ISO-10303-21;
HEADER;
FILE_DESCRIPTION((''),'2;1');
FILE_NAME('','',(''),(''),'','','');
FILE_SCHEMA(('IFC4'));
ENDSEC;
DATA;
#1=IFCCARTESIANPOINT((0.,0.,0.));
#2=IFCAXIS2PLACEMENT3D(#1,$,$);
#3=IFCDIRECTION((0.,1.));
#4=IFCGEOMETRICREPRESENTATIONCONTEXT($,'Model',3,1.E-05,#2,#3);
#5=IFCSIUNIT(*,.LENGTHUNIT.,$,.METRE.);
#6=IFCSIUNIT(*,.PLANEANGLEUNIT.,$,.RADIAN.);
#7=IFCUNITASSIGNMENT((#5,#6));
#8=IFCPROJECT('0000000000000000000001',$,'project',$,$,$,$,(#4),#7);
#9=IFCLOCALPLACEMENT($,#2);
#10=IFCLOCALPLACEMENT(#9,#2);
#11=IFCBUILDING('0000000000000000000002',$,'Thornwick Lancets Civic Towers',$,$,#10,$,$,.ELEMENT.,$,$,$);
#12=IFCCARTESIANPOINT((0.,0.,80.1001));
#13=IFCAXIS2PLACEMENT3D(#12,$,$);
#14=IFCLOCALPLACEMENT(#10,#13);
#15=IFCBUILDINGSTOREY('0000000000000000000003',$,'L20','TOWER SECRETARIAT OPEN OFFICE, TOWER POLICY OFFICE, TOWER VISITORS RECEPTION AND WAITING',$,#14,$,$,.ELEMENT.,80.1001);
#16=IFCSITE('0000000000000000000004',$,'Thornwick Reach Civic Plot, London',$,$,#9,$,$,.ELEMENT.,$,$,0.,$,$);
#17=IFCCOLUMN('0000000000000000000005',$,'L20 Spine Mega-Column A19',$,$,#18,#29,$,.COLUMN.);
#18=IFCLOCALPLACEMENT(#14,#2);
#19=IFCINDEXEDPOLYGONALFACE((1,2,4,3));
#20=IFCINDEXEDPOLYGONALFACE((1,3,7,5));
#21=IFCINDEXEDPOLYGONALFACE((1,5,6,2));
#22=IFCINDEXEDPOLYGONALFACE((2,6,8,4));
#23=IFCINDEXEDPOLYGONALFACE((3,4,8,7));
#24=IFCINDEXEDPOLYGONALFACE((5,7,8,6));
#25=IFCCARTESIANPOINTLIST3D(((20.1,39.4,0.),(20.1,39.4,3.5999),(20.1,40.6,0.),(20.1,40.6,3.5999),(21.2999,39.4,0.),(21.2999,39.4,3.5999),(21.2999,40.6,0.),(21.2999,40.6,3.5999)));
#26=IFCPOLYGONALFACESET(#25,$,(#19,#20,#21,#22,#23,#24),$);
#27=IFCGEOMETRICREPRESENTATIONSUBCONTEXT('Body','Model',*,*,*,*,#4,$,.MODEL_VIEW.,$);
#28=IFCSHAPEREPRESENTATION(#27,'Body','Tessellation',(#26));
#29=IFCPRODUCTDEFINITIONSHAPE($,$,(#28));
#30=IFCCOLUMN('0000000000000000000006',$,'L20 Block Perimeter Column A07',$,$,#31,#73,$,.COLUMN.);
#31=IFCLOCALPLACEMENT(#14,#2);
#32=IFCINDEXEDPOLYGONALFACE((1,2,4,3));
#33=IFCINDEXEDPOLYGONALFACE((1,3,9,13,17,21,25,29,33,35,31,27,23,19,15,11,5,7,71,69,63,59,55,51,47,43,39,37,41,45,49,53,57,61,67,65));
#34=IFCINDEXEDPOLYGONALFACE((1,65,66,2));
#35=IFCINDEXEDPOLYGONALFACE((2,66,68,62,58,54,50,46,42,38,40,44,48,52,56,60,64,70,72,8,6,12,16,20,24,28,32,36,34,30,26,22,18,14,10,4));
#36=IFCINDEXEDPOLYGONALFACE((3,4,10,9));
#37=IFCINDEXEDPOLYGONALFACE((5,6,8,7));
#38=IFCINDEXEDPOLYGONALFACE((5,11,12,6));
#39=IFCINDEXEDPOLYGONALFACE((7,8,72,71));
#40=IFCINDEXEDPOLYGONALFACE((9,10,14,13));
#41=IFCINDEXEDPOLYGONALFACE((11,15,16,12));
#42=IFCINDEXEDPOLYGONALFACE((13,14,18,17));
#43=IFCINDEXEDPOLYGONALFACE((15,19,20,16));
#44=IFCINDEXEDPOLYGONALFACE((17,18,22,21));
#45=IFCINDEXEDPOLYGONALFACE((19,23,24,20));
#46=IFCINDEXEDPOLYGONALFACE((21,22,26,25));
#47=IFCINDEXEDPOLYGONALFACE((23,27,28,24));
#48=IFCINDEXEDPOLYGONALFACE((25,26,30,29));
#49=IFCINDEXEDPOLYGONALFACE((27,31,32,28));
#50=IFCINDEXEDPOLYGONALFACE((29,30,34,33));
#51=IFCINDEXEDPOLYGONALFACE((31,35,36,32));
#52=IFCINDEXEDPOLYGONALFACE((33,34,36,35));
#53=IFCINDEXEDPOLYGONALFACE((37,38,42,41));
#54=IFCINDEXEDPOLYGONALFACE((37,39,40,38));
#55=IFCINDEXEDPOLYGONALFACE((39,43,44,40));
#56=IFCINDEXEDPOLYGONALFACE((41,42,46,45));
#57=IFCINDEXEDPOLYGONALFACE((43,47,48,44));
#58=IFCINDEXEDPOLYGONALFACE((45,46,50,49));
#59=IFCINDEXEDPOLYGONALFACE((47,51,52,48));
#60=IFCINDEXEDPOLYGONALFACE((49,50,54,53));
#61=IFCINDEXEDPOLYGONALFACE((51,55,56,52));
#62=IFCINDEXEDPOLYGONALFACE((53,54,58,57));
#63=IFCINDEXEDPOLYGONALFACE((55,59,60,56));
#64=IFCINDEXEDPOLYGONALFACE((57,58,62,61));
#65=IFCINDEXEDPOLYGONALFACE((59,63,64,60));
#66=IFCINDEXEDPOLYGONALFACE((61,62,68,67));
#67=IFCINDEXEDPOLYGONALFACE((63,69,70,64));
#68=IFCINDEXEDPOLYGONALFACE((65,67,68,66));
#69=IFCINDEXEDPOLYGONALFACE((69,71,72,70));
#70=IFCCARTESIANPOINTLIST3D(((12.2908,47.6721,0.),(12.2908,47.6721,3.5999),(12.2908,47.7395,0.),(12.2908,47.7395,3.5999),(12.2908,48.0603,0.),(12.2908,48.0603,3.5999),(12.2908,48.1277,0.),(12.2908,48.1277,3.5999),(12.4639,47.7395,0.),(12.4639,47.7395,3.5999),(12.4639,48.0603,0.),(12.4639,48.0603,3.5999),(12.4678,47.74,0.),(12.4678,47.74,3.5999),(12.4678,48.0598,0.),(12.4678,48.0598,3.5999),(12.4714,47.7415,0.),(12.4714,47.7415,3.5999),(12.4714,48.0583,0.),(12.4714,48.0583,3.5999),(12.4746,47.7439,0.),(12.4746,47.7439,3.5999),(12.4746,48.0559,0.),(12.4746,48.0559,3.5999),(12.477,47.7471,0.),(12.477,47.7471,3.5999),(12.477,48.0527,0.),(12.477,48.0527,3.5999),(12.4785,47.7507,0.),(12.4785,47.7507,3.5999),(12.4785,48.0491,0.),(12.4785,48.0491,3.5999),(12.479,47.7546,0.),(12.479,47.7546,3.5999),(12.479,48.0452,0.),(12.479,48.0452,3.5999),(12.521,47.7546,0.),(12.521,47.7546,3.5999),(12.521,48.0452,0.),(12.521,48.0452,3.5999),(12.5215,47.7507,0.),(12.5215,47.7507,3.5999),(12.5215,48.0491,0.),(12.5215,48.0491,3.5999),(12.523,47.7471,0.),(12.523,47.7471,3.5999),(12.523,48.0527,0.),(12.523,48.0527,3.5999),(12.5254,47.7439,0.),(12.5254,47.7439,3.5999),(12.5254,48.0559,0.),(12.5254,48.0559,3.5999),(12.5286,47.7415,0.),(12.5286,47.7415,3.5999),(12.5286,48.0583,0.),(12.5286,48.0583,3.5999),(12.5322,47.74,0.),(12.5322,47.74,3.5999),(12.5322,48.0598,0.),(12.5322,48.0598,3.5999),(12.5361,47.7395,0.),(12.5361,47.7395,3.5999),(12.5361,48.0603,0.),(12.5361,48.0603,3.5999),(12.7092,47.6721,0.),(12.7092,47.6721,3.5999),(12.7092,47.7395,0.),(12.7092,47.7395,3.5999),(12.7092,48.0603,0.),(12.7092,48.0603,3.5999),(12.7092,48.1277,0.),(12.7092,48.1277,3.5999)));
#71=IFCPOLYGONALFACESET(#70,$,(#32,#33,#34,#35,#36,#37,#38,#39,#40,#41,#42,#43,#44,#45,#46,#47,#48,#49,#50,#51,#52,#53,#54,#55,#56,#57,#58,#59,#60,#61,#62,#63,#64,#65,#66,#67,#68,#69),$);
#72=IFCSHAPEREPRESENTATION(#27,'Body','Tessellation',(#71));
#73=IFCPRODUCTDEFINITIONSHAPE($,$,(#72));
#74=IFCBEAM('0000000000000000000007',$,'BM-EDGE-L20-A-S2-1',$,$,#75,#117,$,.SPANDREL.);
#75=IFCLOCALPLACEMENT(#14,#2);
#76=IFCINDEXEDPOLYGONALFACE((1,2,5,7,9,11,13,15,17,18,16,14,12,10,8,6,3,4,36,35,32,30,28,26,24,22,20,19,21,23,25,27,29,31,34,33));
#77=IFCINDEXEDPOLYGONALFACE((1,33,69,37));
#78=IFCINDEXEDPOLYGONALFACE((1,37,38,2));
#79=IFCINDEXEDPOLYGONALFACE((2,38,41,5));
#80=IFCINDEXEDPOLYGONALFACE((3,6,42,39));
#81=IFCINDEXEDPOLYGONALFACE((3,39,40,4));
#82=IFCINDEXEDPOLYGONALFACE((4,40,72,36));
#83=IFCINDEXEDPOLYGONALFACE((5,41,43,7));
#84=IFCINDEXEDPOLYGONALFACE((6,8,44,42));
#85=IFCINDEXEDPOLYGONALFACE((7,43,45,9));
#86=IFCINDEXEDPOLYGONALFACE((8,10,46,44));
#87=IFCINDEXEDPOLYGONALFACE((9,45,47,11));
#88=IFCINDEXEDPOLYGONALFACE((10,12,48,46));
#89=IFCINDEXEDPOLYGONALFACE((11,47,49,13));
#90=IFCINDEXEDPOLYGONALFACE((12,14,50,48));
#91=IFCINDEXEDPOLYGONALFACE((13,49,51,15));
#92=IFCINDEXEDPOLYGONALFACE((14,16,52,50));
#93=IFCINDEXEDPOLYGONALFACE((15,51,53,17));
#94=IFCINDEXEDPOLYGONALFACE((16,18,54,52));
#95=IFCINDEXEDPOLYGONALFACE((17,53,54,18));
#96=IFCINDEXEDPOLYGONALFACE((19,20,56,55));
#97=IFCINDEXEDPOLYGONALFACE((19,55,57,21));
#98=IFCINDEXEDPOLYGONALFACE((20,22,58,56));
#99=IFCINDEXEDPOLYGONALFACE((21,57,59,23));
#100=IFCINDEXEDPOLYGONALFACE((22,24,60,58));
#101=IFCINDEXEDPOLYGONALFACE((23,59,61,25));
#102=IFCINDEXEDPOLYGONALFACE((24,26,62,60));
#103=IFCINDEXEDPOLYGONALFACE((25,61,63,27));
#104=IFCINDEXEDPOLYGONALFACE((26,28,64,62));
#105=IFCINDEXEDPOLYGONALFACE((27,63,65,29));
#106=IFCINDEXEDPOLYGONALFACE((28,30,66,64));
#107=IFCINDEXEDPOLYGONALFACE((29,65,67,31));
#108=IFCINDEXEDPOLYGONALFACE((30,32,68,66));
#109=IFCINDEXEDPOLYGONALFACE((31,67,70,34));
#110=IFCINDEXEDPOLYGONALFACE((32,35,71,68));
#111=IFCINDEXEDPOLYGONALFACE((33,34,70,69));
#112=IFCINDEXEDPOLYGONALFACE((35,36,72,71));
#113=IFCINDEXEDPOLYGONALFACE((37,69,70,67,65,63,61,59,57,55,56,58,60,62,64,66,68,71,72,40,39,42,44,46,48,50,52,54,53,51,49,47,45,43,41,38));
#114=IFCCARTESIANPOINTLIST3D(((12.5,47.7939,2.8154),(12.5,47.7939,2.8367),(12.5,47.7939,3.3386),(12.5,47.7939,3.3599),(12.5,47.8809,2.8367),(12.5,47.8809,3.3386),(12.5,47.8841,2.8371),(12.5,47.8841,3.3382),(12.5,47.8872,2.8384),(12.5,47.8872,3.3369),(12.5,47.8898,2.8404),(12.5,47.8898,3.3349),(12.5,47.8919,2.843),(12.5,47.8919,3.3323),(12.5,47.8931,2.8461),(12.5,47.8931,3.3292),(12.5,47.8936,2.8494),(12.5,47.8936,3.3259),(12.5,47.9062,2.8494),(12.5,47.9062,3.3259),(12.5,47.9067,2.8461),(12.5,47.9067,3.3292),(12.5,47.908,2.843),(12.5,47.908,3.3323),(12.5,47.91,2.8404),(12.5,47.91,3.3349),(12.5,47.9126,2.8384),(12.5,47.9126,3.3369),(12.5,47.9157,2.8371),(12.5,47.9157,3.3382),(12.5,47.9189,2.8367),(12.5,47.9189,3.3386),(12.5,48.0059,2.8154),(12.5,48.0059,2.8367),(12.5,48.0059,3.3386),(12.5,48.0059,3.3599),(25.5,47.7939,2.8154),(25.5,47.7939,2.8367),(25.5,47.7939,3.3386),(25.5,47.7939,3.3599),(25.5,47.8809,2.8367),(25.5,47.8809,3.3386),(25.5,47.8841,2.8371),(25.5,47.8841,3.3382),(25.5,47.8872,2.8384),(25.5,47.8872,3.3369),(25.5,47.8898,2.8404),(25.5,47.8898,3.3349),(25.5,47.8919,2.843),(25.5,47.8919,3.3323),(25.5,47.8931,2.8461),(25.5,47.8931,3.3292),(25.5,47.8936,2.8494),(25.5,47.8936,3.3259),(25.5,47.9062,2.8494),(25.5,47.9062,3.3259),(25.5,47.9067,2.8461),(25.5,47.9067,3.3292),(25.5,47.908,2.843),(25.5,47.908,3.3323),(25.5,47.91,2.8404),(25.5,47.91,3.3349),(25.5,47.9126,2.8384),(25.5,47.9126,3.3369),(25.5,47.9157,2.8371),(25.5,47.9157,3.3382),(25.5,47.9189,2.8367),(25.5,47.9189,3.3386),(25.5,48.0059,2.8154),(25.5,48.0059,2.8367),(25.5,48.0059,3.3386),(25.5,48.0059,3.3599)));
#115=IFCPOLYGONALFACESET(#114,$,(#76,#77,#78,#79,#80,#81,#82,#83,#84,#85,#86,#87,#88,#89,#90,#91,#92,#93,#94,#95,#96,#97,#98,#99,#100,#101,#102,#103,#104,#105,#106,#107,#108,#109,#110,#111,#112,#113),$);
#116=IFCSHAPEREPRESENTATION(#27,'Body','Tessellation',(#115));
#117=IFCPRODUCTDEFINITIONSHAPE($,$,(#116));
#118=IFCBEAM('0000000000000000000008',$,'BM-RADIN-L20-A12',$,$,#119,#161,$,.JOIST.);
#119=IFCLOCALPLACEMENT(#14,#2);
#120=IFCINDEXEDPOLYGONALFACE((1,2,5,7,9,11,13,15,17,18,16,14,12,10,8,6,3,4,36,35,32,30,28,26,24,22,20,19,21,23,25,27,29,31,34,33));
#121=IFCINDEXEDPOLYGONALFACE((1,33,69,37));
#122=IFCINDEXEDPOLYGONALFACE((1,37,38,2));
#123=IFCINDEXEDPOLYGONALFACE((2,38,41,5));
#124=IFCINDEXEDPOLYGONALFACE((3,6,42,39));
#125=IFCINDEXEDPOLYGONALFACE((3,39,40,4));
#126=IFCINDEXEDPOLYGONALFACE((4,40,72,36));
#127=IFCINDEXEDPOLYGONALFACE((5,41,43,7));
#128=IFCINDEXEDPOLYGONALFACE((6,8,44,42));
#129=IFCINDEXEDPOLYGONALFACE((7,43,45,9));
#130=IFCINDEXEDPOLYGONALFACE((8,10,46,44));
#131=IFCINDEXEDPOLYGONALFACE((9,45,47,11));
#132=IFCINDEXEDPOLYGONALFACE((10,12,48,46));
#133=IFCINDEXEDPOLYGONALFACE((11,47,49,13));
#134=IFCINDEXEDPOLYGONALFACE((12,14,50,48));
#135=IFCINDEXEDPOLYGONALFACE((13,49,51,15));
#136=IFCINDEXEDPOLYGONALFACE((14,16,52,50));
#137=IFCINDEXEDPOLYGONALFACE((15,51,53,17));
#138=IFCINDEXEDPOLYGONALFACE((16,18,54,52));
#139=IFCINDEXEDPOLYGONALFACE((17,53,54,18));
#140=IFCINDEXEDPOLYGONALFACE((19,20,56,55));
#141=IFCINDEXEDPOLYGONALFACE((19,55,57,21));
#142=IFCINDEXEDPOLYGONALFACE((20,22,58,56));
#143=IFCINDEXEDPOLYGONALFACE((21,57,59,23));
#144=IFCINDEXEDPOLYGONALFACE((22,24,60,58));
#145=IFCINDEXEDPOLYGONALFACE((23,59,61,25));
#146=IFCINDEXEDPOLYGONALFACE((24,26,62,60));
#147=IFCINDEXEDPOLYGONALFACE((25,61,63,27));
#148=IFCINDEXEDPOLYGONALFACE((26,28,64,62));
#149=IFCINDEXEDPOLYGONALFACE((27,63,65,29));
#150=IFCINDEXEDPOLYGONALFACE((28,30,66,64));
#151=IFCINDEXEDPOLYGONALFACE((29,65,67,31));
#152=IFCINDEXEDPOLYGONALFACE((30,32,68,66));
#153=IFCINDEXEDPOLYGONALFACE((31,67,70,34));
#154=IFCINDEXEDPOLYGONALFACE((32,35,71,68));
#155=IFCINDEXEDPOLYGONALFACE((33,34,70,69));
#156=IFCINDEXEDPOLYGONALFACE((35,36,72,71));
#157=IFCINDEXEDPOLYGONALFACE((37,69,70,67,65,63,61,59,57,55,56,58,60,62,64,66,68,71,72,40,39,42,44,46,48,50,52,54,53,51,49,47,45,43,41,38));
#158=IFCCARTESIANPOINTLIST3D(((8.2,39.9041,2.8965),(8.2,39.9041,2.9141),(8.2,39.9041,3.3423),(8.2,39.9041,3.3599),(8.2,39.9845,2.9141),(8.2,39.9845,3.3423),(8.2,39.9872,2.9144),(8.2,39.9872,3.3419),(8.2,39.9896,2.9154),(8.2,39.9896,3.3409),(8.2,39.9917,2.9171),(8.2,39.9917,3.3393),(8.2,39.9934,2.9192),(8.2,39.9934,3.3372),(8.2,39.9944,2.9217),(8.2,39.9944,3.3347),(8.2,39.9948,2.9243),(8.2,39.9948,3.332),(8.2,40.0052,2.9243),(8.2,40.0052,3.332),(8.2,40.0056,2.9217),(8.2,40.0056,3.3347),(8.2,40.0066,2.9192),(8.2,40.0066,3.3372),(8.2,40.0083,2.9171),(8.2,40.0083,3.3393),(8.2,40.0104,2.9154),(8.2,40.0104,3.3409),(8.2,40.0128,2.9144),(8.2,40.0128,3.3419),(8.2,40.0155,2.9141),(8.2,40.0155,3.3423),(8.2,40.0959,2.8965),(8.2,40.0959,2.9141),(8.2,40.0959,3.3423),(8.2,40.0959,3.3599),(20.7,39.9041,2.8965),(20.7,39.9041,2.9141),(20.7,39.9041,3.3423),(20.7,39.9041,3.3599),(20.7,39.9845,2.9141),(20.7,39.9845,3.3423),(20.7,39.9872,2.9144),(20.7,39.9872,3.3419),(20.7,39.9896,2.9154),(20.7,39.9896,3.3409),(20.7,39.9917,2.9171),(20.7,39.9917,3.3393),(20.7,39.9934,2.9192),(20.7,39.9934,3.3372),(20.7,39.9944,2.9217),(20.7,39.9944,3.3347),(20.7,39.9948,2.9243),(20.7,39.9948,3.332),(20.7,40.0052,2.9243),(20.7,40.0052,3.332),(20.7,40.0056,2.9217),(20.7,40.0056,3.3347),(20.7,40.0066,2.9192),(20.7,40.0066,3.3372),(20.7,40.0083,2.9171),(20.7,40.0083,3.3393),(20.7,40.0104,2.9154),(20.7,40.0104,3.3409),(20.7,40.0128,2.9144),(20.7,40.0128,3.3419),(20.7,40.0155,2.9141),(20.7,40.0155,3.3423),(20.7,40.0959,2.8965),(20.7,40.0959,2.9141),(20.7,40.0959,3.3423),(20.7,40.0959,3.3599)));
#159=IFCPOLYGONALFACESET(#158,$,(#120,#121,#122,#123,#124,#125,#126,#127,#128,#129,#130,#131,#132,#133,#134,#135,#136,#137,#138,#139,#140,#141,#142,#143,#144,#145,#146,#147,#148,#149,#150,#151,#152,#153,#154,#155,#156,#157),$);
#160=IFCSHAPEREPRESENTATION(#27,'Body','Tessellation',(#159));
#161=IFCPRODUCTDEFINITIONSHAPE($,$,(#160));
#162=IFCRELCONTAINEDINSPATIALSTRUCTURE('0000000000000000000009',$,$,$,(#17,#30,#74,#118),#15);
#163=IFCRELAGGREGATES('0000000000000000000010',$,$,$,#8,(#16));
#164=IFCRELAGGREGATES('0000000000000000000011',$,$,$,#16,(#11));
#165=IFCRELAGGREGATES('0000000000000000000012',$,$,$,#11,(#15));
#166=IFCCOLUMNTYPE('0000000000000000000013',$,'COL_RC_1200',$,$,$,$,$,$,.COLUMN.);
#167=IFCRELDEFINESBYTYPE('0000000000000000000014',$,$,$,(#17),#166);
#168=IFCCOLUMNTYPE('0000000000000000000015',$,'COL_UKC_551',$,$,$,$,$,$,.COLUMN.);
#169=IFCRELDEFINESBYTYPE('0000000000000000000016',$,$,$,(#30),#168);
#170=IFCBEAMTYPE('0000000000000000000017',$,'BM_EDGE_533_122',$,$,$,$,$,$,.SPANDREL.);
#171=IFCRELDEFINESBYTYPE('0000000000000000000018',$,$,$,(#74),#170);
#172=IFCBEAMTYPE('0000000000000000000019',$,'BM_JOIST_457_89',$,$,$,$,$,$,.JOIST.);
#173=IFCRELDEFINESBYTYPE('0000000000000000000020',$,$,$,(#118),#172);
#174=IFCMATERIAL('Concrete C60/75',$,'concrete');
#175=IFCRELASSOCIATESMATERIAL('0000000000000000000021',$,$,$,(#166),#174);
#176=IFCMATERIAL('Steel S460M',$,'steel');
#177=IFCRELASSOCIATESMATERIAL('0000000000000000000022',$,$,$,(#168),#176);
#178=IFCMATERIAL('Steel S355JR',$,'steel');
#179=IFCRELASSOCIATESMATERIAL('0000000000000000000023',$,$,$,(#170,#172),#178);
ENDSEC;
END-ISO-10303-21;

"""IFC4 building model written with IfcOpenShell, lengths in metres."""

from ifc_helpers import new_model, si_unit, direction, frame, origin, origin_2d, place, context, subcontext, project, spatial, rectangle, i_section, extrude, material, material_profile, profile_set, type_object, element, save


model = new_model("IFC4")

# Units and contexts
model_context = context("Model", 3, precision=1e-05, world=origin(), true_north=direction((0.0, 1.0)))
body_context = subcontext(model_context, "Body", "Model", "MODEL_VIEW")
ifc_project = project(units=[si_unit("LENGTHUNIT", "METRE"), si_unit("PLANEANGLEUNIT", "RADIAN")], contexts=[model_context])

# Site, building, storey
site_placement = place(None, origin())
site = spatial("IfcSite", under=ifc_project, at=site_placement, Name="Thornwick Reach Civic Plot, London", CompositionType="ELEMENT", RefElevation=0.0)
building_placement = place(site_placement, origin())
building = spatial("IfcBuilding", under=site, at=building_placement, Name="Thornwick Lancets Civic Towers", CompositionType="ELEMENT")
storey_placement = place(building_placement, frame((0.0, 0.0, 80.1001)))
storey = spatial("IfcBuildingStorey", under=building, at=storey_placement, Name="L20", Description="TOWER SECRETARIAT OPEN OFFICE, TOWER POLICY OFFICE, TOWER VISITORS RECEPTION AND WAITING", CompositionType="ELEMENT", Elevation=80.1001)

# Columns
ifc_material_1 = material(Name="Concrete C60/75", Category="concrete")
ifc_material_profile_1 = material_profile(ifc_material_1, rectangle(XDim=1.2, YDim=1.2, at=origin_2d()), Name="RC 1200x1200")
ifc_profile_set_1 = profile_set([ifc_material_profile_1], Name="Concrete C60/75")
column_type_1 = type_object("IfcColumnType", Name="COL_RC_1200", PredefinedType="COLUMN", material=ifc_profile_set_1)
column_1_placement = place(storey_placement, frame((20.7, 40.0, 0.0), z_axis=(0.0, 0.0, 1.0), x_axis=(1.0, 0.0, 0.0)))
element("IfcColumn", 1, at=column_1_placement, inside=storey, type_object=column_type_1, Name="L20 Spine Mega-Column A19", PredefinedType="COLUMN", context=body_context, shape_type="SweptSolid", body=[
    extrude(rectangle(XDim=1.2, YDim=1.2, at=origin_2d()), origin(), (0.0, 0.0, 1.0), 3.5999),
])
ifc_material_2 = material(Name="Steel S460M", Category="steel")
ifc_material_profile_2 = material_profile(ifc_material_2, i_section(OverallWidth=0.4185, OverallDepth=0.4556, WebThickness=0.042, FlangeThickness=0.0674, FilletRadius=0.0151, at=origin_2d()), Name="UKC 356x406x551")
ifc_profile_set_2 = profile_set([ifc_material_profile_2], Name="Steel S460M")
column_type_2 = type_object("IfcColumnType", Name="COL_UKC_551", PredefinedType="COLUMN", material=ifc_profile_set_2)
column_2_placement = place(storey_placement, frame((12.5, 47.8999, 0.0), z_axis=(0.0, 0.0, 1.0), x_axis=(1.0, 0.0, 0.0)))
element("IfcColumn", 2, at=column_2_placement, inside=storey, type_object=column_type_2, Name="L20 Block Perimeter Column A07", PredefinedType="COLUMN", context=body_context, shape_type="SweptSolid", body=[
    extrude(i_section(OverallWidth=0.4185, OverallDepth=0.4556, WebThickness=0.042, FlangeThickness=0.0674, FilletRadius=0.0151, at=origin_2d()), origin(), (0.0, 0.0, 1.0), 3.5999),
])

# Beams
ifc_material_3 = material(Name="Steel S355JR", Category="steel")
ifc_material_profile_3 = material_profile(ifc_material_3, i_section(OverallWidth=0.2119, OverallDepth=0.5444, WebThickness=0.0127, FlangeThickness=0.0212, FilletRadius=0.0127, at=origin_2d()), Name="UKB 533x210x122")
ifc_profile_set_3 = profile_set([ifc_material_profile_3], Name="Steel S355JR")
beam_type_1 = type_object("IfcBeamType", Name="BM_EDGE_533_122", PredefinedType="SPANDREL", material=ifc_profile_set_3)
beam_1_placement = place(storey_placement, frame((12.5, 47.8999, 3.0876), z_axis=(1.0, 0.0, 0.0), x_axis=(0.0, 1.0, 0.0)))
element("IfcBeam", 3, at=beam_1_placement, inside=storey, type_object=beam_type_1, Name="BM-EDGE-L20-A-S2-1", PredefinedType="SPANDREL", context=body_context, shape_type="SweptSolid", body=[
    extrude(i_section(OverallWidth=0.2119, OverallDepth=0.5444, WebThickness=0.0127, FlangeThickness=0.0212, FilletRadius=0.0127, at=origin_2d()), origin(), (0.0, 0.0, 1.0), 13.0),
])
ifc_material_profile_4 = material_profile(ifc_material_3, i_section(OverallWidth=0.1919, OverallDepth=0.4634, WebThickness=0.0105, FlangeThickness=0.0176, FilletRadius=0.0103, at=origin_2d()), Name="UKB 457x191x89")
ifc_profile_set_4 = profile_set([ifc_material_profile_4], Name="Steel S355JR")
beam_type_2 = type_object("IfcBeamType", Name="BM_JOIST_457_89", PredefinedType="JOIST", material=ifc_profile_set_4)
beam_2_placement = place(storey_placement, frame((20.7, 40.0, 3.1282), z_axis=(-1.0, 0.0, 0.0), x_axis=(0.0, -1.0, 0.0)))
element("IfcBeam", 4, at=beam_2_placement, inside=storey, type_object=beam_type_2, Name="BM-RADIN-L20-A12", PredefinedType="JOIST", context=body_context, shape_type="SweptSolid", body=[
    extrude(i_section(OverallWidth=0.1919, OverallDepth=0.4634, WebThickness=0.0105, FlangeThickness=0.0176, FilletRadius=0.0103, at=origin_2d()), origin(), (0.0, 0.0, 1.0), 12.5),
])

save(model, "model.ifc")
